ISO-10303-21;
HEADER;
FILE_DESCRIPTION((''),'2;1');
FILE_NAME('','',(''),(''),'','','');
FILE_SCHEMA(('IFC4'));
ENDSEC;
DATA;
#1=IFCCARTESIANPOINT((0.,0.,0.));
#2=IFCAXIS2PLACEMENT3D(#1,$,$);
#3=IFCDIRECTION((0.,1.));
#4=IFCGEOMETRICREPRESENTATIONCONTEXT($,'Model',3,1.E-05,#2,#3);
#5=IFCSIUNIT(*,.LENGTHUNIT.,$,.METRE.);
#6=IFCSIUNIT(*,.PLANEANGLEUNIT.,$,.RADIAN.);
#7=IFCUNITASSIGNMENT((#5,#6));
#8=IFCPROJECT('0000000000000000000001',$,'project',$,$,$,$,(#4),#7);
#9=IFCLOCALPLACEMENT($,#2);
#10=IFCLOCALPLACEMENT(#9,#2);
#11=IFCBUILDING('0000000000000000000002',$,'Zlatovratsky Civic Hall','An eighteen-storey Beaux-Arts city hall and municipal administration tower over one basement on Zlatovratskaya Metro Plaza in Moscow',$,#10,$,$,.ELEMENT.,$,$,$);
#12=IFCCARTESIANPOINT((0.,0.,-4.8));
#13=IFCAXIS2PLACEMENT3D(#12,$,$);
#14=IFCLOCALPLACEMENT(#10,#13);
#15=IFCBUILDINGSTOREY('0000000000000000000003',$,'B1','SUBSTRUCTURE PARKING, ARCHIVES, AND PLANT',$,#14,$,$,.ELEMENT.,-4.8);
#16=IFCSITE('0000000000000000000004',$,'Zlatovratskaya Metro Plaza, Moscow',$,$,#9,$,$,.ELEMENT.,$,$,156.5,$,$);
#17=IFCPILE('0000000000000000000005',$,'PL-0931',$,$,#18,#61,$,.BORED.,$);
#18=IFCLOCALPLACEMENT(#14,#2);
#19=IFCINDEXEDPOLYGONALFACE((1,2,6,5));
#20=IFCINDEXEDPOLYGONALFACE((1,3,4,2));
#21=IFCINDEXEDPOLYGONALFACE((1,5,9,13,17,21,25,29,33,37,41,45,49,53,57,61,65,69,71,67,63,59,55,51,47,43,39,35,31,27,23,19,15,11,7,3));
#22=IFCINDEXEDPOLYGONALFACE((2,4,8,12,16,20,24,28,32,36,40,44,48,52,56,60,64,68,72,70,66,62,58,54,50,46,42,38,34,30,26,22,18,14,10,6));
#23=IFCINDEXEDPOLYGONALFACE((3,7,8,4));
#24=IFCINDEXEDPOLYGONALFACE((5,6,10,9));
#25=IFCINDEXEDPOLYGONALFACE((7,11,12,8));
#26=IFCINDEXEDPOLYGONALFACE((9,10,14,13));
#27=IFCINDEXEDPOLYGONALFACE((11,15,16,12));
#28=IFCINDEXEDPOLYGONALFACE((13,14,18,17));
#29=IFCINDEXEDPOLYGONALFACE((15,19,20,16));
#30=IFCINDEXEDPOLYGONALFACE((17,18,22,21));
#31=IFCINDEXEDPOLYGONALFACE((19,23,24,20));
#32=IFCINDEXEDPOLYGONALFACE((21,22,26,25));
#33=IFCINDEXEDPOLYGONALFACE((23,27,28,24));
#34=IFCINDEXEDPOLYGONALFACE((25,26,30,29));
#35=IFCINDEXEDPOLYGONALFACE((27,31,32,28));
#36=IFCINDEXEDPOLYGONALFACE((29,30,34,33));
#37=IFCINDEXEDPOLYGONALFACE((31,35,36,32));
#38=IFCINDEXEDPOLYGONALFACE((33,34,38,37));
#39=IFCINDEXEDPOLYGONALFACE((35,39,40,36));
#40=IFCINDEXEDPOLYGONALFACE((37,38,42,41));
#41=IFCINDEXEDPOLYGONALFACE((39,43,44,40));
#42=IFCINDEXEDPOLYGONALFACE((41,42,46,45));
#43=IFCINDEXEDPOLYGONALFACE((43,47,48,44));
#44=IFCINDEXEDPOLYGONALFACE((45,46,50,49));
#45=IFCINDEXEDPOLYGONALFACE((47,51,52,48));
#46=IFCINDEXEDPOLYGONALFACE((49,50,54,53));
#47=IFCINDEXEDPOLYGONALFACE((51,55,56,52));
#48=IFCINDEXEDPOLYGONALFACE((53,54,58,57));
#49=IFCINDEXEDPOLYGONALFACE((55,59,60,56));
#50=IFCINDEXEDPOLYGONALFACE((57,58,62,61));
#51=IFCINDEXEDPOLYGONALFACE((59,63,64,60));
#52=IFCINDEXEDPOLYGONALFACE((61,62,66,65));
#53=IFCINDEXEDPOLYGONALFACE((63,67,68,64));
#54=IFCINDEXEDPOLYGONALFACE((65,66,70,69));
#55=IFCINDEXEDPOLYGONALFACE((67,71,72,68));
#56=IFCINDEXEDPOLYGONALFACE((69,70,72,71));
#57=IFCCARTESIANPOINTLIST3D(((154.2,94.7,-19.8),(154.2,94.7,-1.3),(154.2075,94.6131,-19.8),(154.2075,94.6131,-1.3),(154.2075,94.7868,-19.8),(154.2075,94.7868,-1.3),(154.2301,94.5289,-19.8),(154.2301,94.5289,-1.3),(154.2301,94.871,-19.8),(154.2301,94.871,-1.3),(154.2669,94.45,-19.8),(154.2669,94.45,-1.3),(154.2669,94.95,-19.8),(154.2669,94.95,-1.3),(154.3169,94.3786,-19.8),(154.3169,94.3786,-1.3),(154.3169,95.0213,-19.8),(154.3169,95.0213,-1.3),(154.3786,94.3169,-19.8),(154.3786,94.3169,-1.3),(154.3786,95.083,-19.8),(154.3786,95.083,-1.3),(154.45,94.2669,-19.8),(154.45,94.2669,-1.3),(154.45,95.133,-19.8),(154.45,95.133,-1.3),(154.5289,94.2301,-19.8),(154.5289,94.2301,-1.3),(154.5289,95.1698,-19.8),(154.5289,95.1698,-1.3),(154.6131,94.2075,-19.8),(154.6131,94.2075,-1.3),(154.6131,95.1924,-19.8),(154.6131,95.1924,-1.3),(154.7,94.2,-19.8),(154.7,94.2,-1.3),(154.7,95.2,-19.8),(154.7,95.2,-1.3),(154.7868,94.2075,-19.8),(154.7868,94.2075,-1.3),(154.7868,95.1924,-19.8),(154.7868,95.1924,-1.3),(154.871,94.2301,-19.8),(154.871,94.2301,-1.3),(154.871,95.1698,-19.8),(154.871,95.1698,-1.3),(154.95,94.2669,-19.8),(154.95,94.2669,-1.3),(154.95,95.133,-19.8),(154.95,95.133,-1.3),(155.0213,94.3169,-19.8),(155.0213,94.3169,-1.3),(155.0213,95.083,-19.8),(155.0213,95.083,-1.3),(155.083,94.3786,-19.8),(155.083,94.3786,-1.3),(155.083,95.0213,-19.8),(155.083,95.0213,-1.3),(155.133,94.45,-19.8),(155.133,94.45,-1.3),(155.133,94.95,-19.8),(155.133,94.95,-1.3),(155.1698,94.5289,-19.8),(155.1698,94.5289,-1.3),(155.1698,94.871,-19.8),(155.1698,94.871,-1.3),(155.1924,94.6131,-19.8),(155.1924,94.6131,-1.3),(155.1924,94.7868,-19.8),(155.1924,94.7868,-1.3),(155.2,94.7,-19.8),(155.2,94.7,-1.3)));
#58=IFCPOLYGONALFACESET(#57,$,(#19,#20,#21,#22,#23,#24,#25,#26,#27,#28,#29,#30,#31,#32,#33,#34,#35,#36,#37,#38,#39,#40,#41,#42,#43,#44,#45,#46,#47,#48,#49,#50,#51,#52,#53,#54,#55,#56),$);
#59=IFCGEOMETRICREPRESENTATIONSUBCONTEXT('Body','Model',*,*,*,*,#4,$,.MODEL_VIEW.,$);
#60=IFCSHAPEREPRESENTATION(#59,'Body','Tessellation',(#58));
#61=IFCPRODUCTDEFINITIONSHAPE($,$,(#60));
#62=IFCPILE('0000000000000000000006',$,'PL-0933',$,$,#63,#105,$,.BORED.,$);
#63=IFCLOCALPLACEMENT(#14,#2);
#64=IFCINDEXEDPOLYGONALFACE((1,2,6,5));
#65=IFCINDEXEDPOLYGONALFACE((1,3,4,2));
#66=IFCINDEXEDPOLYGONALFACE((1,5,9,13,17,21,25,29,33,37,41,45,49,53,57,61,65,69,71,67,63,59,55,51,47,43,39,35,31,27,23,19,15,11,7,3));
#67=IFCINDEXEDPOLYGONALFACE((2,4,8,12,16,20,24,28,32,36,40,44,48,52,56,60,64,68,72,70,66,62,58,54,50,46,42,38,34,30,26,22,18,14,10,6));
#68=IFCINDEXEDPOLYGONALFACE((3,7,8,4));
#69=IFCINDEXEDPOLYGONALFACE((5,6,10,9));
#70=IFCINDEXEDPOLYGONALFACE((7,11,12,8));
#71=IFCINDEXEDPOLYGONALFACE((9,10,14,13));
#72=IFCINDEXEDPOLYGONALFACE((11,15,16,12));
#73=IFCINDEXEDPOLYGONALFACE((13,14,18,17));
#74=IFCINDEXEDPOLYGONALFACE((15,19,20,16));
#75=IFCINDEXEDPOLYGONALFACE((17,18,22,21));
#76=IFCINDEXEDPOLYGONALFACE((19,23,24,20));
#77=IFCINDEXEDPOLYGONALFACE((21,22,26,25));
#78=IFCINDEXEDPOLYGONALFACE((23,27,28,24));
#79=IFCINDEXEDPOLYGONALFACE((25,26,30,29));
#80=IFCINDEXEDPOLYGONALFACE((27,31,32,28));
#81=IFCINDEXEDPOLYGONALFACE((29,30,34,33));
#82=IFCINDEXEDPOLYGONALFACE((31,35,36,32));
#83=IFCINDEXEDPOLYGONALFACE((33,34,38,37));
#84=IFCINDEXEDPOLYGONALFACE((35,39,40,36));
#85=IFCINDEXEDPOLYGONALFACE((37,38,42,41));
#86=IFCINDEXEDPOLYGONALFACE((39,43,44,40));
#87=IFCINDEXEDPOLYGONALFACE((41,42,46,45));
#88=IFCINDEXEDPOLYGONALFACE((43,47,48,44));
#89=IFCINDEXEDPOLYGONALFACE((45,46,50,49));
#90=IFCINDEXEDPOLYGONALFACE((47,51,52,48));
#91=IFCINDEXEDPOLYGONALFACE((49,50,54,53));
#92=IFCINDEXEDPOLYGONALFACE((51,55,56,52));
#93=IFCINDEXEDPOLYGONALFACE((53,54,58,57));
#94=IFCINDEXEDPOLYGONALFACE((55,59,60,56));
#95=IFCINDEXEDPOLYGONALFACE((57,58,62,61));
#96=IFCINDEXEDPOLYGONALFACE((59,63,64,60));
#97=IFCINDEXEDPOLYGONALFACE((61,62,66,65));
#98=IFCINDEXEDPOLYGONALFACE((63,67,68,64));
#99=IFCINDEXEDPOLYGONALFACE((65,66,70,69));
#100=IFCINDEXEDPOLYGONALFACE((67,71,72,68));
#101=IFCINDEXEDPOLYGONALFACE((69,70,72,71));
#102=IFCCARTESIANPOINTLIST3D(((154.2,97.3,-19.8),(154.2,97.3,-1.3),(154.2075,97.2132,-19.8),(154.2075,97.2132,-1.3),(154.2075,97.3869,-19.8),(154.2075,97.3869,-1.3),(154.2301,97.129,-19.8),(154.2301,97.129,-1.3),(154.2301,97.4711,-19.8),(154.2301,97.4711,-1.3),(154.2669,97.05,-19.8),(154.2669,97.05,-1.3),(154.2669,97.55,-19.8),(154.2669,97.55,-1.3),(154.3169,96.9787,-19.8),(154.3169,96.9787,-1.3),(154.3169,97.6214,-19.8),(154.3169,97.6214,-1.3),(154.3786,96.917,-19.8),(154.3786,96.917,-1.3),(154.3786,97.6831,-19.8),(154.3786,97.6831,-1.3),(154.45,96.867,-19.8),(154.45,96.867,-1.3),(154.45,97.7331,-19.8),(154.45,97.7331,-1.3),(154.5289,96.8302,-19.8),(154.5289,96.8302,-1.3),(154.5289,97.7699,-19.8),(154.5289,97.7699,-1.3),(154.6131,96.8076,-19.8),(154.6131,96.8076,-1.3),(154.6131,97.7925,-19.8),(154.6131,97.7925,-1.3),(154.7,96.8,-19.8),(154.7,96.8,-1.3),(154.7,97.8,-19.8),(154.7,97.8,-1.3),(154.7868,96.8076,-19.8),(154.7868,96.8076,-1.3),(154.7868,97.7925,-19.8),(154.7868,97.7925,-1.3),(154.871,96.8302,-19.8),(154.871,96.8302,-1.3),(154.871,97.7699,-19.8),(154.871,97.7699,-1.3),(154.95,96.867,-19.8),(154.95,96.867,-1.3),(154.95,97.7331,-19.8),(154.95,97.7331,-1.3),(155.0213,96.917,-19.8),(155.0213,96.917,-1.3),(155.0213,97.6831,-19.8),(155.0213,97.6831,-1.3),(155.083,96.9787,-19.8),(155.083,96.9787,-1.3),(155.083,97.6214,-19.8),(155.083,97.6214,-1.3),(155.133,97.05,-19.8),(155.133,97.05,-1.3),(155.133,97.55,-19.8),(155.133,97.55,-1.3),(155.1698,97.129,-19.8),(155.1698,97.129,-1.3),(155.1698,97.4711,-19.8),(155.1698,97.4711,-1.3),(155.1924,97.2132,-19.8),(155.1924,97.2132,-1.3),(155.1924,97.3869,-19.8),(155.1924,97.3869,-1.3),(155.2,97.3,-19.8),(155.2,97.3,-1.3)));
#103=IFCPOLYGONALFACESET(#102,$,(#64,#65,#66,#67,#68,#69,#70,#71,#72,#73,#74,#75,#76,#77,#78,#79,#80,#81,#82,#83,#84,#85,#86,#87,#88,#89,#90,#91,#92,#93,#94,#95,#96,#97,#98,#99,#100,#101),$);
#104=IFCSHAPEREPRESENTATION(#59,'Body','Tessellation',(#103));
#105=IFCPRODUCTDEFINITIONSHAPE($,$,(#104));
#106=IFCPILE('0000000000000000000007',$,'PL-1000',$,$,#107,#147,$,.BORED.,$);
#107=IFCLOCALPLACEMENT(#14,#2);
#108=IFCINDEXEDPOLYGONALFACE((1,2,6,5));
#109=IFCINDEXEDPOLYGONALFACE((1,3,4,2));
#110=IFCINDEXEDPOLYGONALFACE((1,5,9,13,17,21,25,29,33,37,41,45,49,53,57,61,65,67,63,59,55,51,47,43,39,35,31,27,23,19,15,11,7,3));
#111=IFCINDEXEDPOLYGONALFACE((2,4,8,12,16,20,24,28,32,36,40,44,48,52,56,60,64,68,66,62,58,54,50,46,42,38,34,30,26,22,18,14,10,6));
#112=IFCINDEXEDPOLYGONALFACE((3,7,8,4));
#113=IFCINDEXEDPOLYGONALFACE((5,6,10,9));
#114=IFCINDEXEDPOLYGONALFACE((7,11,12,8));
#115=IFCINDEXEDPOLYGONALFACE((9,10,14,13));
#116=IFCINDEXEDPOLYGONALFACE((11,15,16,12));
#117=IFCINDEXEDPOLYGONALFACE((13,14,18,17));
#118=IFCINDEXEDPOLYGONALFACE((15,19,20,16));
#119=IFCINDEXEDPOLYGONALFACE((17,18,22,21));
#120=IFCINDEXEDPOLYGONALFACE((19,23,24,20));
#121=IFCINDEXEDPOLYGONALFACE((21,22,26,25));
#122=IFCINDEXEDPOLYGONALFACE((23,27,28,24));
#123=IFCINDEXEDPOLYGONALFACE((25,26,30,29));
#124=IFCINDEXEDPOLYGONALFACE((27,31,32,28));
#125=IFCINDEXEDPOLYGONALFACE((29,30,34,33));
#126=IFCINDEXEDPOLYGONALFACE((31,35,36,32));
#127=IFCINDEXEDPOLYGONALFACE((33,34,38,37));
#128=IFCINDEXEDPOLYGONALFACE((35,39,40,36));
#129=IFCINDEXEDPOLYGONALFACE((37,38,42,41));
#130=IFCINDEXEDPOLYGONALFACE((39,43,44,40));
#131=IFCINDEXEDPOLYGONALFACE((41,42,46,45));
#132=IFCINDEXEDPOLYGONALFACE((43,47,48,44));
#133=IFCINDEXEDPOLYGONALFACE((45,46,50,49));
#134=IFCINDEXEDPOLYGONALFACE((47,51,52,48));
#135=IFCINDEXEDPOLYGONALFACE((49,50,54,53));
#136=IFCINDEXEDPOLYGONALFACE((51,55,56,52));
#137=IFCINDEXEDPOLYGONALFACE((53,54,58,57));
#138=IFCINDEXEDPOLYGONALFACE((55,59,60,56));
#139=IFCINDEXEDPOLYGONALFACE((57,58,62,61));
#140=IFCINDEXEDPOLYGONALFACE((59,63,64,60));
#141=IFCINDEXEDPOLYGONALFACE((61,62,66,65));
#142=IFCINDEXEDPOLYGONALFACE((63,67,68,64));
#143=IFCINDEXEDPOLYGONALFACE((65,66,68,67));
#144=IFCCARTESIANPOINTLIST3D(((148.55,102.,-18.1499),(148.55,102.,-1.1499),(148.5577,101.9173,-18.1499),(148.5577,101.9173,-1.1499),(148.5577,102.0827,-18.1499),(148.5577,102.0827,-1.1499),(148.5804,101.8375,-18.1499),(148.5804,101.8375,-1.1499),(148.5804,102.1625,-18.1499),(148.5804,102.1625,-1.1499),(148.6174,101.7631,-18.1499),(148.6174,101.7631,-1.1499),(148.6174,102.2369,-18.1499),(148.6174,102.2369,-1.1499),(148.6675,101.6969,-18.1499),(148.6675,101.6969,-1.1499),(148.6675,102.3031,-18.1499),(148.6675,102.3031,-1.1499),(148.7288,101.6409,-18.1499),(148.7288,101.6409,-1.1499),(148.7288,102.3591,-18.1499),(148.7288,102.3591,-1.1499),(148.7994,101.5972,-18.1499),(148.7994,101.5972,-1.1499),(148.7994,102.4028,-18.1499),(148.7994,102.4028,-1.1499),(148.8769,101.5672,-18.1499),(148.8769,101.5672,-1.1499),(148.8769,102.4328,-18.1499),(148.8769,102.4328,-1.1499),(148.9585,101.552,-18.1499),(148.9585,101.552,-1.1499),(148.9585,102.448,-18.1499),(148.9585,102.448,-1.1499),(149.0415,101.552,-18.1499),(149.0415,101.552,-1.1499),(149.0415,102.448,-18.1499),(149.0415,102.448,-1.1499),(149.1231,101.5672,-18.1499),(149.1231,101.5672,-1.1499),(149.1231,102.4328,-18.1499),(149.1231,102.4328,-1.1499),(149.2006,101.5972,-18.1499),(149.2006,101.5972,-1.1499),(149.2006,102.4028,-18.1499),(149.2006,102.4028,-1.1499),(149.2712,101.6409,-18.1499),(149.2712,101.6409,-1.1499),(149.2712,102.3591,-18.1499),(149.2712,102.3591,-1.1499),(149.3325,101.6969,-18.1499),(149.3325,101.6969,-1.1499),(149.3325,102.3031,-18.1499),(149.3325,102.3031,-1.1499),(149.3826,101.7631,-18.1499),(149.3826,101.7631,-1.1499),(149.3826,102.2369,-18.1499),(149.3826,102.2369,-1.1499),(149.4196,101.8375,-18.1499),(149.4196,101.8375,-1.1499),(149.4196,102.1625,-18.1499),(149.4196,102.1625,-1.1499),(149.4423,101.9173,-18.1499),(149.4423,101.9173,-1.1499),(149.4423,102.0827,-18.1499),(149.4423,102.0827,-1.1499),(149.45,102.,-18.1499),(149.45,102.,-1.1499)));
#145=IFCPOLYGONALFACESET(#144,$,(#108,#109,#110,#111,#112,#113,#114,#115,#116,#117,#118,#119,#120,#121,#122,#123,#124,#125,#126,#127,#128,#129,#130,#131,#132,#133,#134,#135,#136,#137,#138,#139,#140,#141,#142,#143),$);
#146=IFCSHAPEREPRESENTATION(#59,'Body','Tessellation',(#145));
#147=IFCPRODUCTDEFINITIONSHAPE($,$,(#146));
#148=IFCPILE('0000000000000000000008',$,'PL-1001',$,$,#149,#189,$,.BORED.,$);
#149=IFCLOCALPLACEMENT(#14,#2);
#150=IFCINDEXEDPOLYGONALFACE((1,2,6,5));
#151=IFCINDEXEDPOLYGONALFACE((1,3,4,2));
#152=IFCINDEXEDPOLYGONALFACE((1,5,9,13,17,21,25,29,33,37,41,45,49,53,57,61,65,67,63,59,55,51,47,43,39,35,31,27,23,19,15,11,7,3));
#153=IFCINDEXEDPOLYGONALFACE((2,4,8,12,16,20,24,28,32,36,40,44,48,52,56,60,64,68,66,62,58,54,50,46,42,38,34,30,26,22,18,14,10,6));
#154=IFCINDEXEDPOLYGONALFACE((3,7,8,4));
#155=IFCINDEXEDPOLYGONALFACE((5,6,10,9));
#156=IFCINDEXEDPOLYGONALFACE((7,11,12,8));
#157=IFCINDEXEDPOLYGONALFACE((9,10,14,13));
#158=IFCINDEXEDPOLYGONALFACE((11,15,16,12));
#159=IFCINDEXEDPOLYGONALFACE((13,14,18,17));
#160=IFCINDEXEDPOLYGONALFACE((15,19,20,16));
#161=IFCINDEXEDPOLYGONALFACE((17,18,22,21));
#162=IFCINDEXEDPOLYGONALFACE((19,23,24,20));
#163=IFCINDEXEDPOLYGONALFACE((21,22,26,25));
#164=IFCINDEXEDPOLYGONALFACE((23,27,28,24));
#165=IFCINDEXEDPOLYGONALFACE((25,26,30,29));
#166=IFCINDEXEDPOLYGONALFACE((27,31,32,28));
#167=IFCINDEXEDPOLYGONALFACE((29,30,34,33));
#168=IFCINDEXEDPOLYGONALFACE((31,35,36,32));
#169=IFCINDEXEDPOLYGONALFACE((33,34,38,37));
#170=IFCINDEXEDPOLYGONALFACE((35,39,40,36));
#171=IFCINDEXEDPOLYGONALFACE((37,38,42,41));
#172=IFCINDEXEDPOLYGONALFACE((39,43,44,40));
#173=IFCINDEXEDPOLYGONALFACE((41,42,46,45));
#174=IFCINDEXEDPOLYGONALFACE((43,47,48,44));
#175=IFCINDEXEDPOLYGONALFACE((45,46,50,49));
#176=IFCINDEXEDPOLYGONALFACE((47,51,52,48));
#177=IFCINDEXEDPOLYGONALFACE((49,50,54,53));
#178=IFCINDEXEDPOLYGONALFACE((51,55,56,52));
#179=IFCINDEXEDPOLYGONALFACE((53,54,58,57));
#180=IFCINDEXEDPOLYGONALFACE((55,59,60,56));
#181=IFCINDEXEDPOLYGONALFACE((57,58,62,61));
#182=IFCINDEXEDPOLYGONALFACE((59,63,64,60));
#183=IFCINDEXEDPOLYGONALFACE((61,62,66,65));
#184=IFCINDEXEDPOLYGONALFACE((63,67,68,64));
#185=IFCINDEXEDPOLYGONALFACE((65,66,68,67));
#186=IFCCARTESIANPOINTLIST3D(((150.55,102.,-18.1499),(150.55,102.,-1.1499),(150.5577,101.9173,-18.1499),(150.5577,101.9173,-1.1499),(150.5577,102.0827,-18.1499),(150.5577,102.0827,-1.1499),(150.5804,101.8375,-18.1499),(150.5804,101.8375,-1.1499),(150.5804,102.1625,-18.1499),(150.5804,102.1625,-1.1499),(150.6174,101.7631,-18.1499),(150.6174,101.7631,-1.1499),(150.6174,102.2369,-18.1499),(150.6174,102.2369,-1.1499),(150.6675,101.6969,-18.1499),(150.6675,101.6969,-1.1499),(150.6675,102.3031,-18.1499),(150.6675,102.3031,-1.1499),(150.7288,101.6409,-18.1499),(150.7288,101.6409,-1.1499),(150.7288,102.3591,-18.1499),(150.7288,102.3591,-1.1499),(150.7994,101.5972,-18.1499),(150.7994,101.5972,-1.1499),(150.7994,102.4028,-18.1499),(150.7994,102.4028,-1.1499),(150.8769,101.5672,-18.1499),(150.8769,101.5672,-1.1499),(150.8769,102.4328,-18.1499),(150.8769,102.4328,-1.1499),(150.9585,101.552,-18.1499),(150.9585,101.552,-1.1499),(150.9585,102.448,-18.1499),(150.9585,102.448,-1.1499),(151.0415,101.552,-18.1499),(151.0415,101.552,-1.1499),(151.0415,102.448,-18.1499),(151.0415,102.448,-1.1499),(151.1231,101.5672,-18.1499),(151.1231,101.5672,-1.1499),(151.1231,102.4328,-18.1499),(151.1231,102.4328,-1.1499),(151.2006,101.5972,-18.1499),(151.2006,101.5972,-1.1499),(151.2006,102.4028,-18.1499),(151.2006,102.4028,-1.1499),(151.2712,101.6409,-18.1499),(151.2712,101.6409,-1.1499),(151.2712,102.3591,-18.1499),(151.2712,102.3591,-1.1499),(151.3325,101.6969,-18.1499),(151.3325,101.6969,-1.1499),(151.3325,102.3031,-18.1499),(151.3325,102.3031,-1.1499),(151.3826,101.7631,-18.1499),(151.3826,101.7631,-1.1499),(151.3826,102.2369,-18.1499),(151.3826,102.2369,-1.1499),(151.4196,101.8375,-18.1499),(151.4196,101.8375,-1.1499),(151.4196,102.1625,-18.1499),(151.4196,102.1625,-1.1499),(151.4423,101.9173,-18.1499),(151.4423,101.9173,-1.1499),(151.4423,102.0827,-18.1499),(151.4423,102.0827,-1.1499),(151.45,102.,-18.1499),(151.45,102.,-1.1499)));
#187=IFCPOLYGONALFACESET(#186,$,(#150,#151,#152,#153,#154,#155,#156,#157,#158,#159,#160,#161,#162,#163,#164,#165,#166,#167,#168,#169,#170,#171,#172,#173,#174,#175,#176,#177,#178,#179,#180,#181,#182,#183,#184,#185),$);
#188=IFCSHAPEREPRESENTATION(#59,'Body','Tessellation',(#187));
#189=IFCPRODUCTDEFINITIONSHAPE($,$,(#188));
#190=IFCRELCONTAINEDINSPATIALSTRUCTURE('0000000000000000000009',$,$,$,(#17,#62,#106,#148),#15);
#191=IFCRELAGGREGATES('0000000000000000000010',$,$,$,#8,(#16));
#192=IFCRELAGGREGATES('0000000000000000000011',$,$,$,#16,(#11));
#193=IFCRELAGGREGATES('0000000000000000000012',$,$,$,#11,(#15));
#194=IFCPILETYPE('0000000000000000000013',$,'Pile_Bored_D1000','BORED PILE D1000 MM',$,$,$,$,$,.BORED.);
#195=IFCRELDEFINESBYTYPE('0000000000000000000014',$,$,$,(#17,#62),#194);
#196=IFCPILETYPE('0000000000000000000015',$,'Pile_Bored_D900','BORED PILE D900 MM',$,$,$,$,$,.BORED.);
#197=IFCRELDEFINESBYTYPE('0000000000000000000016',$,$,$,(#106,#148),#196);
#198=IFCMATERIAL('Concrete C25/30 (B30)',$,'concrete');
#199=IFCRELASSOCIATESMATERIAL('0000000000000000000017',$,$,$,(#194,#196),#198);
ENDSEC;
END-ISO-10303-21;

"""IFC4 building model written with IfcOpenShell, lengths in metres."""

from ifc_helpers import new_model, si_unit, direction, frame, origin, origin_2d, place, context, subcontext, project, spatial, circle, extrude, material, material_profile, profile_set, type_object, element, save


model = new_model("IFC4")

# Units and contexts
model_context = context("Model", 3, precision=1e-05, world=origin(), true_north=direction((0.0, 1.0)))
body_context = subcontext(model_context, "Body", "Model", "MODEL_VIEW")
ifc_project = project(units=[si_unit("LENGTHUNIT", "METRE"), si_unit("PLANEANGLEUNIT", "RADIAN")], contexts=[model_context])

# Site, building, storey
site_placement = place(None, origin())
site = spatial("IfcSite", under=ifc_project, at=site_placement, Name="Zlatovratskaya Metro Plaza, Moscow", CompositionType="ELEMENT", RefElevation=156.5)
building_placement = place(site_placement, origin())
building = spatial("IfcBuilding", under=site, at=building_placement, Name="Zlatovratsky Civic Hall", Description="An eighteen-storey Beaux-Arts city hall and municipal administration tower over one basement on Zlatovratskaya Metro Plaza in Moscow", CompositionType="ELEMENT")
storey_placement = place(building_placement, frame((0.0, 0.0, -4.8)))
storey = spatial("IfcBuildingStorey", under=building, at=storey_placement, Name="B1", Description="SUBSTRUCTURE PARKING, ARCHIVES, AND PLANT", CompositionType="ELEMENT", Elevation=-4.8)

# Shared definitions
ifc_material_1 = material(Name="Concrete C25/30 (B30)", Category="concrete")

# Piles
ifc_material_profile_1 = material_profile(ifc_material_1, circle(Radius=0.5, at=origin_2d()), Name="PILE D1000")
ifc_profile_set_1 = profile_set([ifc_material_profile_1], Name="Concrete C25/30 (B30)")
pile_type_1 = type_object("IfcPileType", Name="Pile_Bored_D1000", Description="BORED PILE D1000 MM", PredefinedType="BORED", material=ifc_profile_set_1)
for number, where, z_axis, x_axis, name in (
    (1, (154.7, 94.7, -1.3), (0.0, 0.0, -1.0), (1.0, 0.0, 0.0), "PL-0931"),
    (2, (154.7, 97.3, -1.3), (0.0, 0.0, -1.0), (1.0, 0.0, 0.0), "PL-0933"),
):
    element("IfcPile", number, at=place(storey_placement, frame(where, z_axis=z_axis, x_axis=x_axis)), inside=storey, type_object=pile_type_1, Name=name, PredefinedType="BORED", context=body_context, shape_type="SweptSolid", body=[
        extrude(circle(Radius=0.5, at=origin_2d()), origin(), (0.0, 0.0, 1.0), 18.5),
    ])
ifc_material_profile_2 = material_profile(ifc_material_1, circle(Radius=0.45, at=origin_2d()), Name="PILE D900")
ifc_profile_set_2 = profile_set([ifc_material_profile_2], Name="Concrete C25/30 (B30)")
pile_type_2 = type_object("IfcPileType", Name="Pile_Bored_D900", Description="BORED PILE D900 MM", PredefinedType="BORED", material=ifc_profile_set_2)
for number, where, z_axis, x_axis, name in (
    (3, (149.0, 102.0, -1.1499), (0.0, 0.0, -1.0), (1.0, 0.0, 0.0), "PL-1000"),
    (4, (151.0, 102.0, -1.1499), (0.0, 0.0, -1.0), (1.0, 0.0, 0.0), "PL-1001"),
):
    element("IfcPile", number, at=place(storey_placement, frame(where, z_axis=z_axis, x_axis=x_axis)), inside=storey, type_object=pile_type_2, Name=name, PredefinedType="BORED", context=body_context, shape_type="SweptSolid", body=[
        extrude(circle(Radius=0.45, at=origin_2d()), origin(), (0.0, 0.0, 1.0), 17.0),
    ])

save(model, "model.ifc")
